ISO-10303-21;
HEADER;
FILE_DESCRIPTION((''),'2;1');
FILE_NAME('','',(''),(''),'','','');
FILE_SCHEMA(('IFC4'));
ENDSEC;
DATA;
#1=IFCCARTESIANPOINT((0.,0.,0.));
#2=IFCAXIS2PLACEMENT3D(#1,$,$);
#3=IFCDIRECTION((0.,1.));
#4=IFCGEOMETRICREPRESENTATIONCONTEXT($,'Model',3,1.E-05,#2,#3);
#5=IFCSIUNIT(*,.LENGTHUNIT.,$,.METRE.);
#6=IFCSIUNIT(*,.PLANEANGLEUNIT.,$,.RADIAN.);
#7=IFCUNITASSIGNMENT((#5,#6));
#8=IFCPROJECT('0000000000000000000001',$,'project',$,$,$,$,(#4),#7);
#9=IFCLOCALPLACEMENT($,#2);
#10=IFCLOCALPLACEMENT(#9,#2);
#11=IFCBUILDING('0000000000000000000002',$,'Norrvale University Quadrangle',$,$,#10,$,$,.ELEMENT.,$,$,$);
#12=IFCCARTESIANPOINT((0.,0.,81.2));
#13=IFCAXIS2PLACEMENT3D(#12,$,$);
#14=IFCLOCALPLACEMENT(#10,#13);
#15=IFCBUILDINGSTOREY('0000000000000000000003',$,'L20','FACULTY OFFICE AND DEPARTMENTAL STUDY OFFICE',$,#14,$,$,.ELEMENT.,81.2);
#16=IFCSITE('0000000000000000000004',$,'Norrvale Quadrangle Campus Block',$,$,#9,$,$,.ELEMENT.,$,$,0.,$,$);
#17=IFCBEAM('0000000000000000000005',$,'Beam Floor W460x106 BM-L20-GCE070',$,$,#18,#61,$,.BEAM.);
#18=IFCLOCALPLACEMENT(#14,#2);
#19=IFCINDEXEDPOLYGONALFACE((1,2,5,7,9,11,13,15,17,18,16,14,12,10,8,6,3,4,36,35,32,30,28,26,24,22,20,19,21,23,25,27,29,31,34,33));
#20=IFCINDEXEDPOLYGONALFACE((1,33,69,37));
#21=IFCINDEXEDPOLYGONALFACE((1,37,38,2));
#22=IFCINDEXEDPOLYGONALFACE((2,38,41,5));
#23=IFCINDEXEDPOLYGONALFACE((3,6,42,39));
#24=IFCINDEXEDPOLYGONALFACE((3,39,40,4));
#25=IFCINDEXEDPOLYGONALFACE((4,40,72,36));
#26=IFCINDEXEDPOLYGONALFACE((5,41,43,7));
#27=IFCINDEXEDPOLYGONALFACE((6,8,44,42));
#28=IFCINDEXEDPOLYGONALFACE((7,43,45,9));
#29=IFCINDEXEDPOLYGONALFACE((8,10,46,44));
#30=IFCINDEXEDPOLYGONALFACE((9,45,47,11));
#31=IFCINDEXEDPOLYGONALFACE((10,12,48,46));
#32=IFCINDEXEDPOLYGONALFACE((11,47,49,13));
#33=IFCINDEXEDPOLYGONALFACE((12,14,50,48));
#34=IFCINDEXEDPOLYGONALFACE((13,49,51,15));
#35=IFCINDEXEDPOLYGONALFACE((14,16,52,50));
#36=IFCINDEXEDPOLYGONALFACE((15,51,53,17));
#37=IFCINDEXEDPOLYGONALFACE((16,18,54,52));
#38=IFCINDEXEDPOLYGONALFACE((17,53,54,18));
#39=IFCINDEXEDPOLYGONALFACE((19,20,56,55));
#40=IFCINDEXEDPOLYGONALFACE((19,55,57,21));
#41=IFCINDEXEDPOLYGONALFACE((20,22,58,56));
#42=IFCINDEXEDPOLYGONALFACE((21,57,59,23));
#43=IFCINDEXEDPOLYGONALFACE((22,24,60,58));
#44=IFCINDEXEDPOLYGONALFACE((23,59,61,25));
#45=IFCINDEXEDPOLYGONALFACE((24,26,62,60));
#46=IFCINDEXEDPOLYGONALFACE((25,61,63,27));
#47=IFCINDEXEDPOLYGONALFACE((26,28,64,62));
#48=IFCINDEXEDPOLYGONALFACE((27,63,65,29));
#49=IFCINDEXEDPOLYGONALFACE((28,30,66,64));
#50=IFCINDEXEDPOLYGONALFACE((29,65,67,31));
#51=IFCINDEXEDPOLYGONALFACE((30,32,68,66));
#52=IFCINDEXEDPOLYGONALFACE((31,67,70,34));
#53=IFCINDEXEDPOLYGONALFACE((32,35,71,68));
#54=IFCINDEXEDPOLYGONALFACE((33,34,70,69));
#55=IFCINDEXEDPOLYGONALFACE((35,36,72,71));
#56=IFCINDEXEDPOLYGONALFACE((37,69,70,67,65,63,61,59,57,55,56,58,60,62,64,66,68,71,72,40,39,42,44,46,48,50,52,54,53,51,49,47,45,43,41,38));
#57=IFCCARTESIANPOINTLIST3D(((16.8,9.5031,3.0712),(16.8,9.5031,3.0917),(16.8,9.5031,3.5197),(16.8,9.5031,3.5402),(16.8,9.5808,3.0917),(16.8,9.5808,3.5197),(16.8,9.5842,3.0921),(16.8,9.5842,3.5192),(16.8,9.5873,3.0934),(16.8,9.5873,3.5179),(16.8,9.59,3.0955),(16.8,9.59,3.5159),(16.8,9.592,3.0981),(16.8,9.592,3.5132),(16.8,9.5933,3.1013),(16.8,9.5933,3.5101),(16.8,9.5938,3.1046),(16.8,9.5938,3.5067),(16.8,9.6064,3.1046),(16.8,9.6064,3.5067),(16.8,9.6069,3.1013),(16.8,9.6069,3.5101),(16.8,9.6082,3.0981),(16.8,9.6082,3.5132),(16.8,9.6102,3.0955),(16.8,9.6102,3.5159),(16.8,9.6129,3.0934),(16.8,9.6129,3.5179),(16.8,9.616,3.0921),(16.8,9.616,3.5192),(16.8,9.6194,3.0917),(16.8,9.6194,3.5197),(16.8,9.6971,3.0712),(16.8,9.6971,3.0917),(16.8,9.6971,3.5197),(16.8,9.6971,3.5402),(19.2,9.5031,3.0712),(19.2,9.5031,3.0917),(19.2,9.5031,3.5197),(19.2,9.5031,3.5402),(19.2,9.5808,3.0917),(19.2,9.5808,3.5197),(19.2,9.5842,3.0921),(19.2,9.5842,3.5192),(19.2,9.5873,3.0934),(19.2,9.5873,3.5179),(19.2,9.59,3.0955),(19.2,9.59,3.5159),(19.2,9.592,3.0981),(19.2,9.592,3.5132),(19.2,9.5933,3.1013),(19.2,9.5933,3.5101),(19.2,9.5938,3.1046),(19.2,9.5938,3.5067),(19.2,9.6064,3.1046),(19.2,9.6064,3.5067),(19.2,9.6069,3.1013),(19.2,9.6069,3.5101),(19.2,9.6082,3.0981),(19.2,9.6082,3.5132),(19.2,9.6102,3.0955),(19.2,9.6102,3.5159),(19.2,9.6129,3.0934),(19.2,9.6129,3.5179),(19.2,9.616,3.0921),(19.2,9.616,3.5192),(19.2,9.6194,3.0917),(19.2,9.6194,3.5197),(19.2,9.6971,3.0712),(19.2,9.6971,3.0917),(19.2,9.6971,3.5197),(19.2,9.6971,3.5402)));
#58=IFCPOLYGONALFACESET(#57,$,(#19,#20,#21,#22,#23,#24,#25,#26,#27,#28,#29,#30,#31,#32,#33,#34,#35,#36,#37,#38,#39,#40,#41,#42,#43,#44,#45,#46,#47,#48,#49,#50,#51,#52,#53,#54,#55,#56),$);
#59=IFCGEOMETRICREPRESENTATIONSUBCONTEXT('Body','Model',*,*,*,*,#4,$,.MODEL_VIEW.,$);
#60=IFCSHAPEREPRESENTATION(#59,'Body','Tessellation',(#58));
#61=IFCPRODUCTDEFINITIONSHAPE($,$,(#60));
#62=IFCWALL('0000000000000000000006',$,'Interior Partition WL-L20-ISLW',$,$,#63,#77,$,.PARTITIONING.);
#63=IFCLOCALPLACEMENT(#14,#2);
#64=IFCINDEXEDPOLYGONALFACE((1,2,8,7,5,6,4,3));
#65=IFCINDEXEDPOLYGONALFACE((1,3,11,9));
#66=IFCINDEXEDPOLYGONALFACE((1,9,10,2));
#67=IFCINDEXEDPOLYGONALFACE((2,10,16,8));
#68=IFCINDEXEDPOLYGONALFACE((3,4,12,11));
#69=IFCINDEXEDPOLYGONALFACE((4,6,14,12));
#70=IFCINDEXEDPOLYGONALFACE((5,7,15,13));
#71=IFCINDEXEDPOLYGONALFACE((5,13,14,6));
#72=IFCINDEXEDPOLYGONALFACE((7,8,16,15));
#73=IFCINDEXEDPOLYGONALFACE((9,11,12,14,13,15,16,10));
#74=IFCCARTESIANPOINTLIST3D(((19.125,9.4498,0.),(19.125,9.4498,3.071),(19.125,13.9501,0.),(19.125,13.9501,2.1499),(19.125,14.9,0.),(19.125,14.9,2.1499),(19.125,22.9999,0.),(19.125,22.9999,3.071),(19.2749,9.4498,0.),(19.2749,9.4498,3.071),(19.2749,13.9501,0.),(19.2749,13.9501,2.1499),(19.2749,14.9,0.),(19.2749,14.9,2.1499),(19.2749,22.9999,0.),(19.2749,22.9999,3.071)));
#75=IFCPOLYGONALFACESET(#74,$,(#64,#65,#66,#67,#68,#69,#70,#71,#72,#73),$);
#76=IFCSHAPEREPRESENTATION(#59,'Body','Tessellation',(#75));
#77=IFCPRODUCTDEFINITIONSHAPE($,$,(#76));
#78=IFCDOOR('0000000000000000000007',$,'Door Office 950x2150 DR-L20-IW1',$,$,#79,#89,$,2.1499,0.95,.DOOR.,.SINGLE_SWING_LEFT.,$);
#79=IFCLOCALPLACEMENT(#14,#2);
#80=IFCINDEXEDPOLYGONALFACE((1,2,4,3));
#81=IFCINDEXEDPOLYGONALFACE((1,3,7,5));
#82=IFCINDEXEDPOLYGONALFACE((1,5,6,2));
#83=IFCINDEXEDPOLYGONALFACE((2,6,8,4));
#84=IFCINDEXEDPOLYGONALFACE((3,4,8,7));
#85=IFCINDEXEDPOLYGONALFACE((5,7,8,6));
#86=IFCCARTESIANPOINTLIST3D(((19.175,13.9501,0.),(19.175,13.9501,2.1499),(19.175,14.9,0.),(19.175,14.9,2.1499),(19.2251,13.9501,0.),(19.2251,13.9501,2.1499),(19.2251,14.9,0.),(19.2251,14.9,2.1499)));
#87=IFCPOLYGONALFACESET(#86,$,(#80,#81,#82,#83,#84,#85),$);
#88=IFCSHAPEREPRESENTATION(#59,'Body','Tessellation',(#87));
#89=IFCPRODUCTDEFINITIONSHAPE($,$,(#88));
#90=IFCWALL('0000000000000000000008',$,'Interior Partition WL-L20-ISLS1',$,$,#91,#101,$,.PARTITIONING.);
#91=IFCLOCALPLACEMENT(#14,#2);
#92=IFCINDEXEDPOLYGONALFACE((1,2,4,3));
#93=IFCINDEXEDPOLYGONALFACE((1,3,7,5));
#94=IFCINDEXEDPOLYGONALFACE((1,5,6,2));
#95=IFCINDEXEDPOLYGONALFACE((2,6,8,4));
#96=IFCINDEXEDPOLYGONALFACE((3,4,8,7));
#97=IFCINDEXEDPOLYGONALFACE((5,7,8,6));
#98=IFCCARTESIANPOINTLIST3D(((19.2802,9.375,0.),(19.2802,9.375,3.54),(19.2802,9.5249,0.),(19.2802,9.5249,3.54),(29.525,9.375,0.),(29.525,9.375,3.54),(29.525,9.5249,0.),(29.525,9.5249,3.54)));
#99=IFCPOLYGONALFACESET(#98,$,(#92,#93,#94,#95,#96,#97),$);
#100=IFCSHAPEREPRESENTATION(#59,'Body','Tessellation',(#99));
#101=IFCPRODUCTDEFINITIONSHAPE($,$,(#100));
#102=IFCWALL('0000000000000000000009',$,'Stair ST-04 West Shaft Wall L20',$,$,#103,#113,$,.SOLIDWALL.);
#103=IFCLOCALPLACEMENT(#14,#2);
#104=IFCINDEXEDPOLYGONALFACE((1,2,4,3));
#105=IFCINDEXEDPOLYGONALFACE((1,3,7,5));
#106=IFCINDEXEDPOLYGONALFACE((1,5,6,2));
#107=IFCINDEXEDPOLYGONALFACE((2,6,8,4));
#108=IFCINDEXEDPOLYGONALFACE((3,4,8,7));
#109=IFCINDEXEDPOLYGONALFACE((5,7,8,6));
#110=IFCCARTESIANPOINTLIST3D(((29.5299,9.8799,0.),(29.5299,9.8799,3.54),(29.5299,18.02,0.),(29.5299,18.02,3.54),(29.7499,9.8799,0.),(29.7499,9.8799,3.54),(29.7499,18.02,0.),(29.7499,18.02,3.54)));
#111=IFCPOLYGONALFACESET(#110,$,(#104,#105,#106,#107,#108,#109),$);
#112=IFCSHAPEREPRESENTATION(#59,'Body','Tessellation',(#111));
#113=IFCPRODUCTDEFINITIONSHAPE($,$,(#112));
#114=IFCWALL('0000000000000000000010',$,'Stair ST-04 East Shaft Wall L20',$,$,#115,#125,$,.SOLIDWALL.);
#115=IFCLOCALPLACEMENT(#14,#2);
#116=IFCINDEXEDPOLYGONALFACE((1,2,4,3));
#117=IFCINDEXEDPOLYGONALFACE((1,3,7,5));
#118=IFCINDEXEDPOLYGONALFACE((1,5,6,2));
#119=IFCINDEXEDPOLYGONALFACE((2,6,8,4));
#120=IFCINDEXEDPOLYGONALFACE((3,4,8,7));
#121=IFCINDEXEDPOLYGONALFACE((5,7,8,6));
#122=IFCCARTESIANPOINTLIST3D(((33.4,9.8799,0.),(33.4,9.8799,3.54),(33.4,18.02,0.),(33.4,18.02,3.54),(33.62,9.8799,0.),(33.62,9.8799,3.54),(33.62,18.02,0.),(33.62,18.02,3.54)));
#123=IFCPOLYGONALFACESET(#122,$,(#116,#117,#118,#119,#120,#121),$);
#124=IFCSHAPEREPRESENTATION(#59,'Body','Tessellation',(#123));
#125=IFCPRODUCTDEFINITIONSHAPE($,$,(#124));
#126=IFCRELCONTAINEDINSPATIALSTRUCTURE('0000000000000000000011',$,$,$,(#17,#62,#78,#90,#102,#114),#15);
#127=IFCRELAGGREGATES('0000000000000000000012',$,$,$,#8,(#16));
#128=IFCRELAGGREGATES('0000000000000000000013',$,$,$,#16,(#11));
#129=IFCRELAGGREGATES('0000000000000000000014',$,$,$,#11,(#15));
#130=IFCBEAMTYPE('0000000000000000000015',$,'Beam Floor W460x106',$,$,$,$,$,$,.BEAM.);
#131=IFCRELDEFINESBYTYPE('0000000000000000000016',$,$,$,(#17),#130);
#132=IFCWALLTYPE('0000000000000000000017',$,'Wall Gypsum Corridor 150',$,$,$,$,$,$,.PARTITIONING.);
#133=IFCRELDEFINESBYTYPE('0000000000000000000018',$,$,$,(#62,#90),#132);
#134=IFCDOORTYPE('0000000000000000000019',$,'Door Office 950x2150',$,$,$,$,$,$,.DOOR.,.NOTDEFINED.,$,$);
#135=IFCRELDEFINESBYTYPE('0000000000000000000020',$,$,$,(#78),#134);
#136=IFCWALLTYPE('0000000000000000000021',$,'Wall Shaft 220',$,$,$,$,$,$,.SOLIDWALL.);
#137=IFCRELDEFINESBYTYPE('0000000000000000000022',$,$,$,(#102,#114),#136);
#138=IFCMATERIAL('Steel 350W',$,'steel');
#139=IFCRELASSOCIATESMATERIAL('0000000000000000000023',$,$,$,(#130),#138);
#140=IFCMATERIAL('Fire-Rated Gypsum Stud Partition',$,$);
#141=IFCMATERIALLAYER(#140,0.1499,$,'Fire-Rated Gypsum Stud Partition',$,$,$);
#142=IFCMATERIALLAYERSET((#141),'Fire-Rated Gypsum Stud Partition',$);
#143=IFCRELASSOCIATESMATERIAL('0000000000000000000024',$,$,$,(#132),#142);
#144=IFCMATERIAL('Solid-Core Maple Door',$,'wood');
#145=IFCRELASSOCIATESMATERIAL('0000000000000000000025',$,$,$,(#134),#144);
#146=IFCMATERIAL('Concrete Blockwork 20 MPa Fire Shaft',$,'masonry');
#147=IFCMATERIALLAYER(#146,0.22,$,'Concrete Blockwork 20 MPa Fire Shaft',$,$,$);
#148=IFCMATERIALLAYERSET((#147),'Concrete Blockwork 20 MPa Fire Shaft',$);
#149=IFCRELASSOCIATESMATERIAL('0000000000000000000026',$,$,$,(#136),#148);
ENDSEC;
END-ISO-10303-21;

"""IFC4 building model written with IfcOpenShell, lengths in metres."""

from ifc_helpers import new_model, si_unit, direction, frame, frame_2d, origin, origin_2d, place, context, subcontext, project, spatial, rectangle, i_section, extrude, material, layer, layer_set, material_profile, profile_set, type_object, element, fill, save


model = new_model("IFC4")

# Units and contexts
model_context = context("Model", 3, precision=1e-05, world=origin(), true_north=direction((0.0, 1.0)))
body_context = subcontext(model_context, "Body", "Model", "MODEL_VIEW")
ifc_project = project(units=[si_unit("LENGTHUNIT", "METRE"), si_unit("PLANEANGLEUNIT", "RADIAN")], contexts=[model_context])

# Site, building, storey
site_placement = place(None, origin())
site = spatial("IfcSite", under=ifc_project, at=site_placement, Name="Norrvale Quadrangle Campus Block", CompositionType="ELEMENT", RefElevation=0.0)
building_placement = place(site_placement, origin())
building = spatial("IfcBuilding", under=site, at=building_placement, Name="Norrvale University Quadrangle", CompositionType="ELEMENT")
storey_placement = place(building_placement, frame((0.0, 0.0, 81.2)))
storey = spatial("IfcBuildingStorey", under=building, at=storey_placement, Name="L20", Description="FACULTY OFFICE AND DEPARTMENTAL STUDY OFFICE", CompositionType="ELEMENT", Elevation=81.2)

# Beam
ifc_material_1 = material(Name="Steel 350W", Category="steel")
ifc_material_profile_1 = material_profile(ifc_material_1, i_section(OverallWidth=0.1941, OverallDepth=0.469, WebThickness=0.0127, FlangeThickness=0.0205, FilletRadius=0.0129, at=origin_2d()), Name="Steel 350W")
ifc_profile_set_1 = profile_set([ifc_material_profile_1], Name="Steel 350W")
beam_type_1 = type_object("IfcBeamType", Name="Beam Floor W460x106", PredefinedType="BEAM", material=ifc_profile_set_1)
beam_1_placement = place(storey_placement, frame((16.8, 9.6001, 3.3057), z_axis=(1.0, 0.0, 0.0), x_axis=(0.0, 1.0, 0.0)))
element("IfcBeam", 1, at=beam_1_placement, inside=storey, type_object=beam_type_1, Name="Beam Floor W460x106 BM-L20-GCE070", PredefinedType="BEAM", context=body_context, shape_type="SweptSolid", body=[
    extrude(i_section(OverallWidth=0.1941, OverallDepth=0.469, WebThickness=0.0127, FlangeThickness=0.0205, FilletRadius=0.0129, at=origin_2d()), origin(), (0.0, 0.0, 1.0), 2.3999),
])

# Wall, opening, door
ifc_material_2 = material(Name="Fire-Rated Gypsum Stud Partition")
ifc_layer_1 = layer(ifc_material_2, 0.1499, Name="Fire-Rated Gypsum Stud Partition")
ifc_layer_set_1 = layer_set([ifc_layer_1], Name="Fire-Rated Gypsum Stud Partition")
wall_type_1 = type_object("IfcWallType", Name="Wall Gypsum Corridor 150", PredefinedType="PARTITIONING", material=ifc_layer_set_1)
wall_1_placement = place(storey_placement, frame((19.2, 9.45, 0.0), z_axis=(0.0, 0.0, 1.0), x_axis=(0.0, 1.0, 0.0)))
wall_1 = element("IfcWall", 2, at=wall_1_placement, inside=storey, type_object=wall_type_1, Name="Interior Partition WL-L20-ISLW", PredefinedType="PARTITIONING", context=body_context, shape_type="SweptSolid", body=[
    extrude(rectangle(XDim=13.55, YDim=0.1499, at=frame_2d((6.7749, 0.0))), origin(), (0.0, 0.0, 1.0), 3.071),
])
opening_placement = place(wall_1_placement, frame((4.5, 0.0, 0.0)))
opening = element("IfcOpeningElement", 3, at=opening_placement, cuts=wall_1, PredefinedType="OPENING", context=body_context, shape_type="SweptSolid", body=[
    extrude(rectangle(XDim=0.95, YDim=2.1499, at=frame_2d((0.4751, 1.075))), frame((0.0, 0.0869, 0.0), z_axis=(0.0, -1.0, 0.0), x_axis=(1.0, 0.0, 0.0)), (0.0, 0.0, 1.0), 0.1738),
])
ifc_material_3 = material(Name="Solid-Core Maple Door", Category="wood")
door_type = type_object("IfcDoorType", Name="Door Office 950x2150", OperationType="NOTDEFINED", PredefinedType="DOOR", material=ifc_material_3)
door_placement = place(opening_placement, origin())
door = element("IfcDoor", 4, at=door_placement, inside=storey, type_object=door_type, Name="Door Office 950x2150 DR-L20-IW1", OperationType="SINGLE_SWING_LEFT", OverallHeight=2.1499, OverallWidth=0.95, PredefinedType="DOOR", context=body_context, shape_type="SweptSolid", body=[
    extrude(rectangle(XDim=0.95, YDim=2.1499, at=frame_2d((0.4751, 1.075))), frame((0.0, 0.0249, 0.0), z_axis=(0.0, -1.0, 0.0), x_axis=(1.0, 0.0, 0.0)), (0.0, 0.0, 1.0), 0.05),
])
fill(opening, door)

# Walls
wall_2_placement = place(storey_placement, frame((19.28, 9.45, 0.0), z_axis=(0.0, 0.0, 1.0), x_axis=(1.0, 0.0, 0.0)))
element("IfcWall", 5, at=wall_2_placement, inside=storey, type_object=wall_type_1, Name="Interior Partition WL-L20-ISLS1", PredefinedType="PARTITIONING", context=body_context, shape_type="SweptSolid", body=[
    extrude(rectangle(XDim=10.2449, YDim=0.1499, at=frame_2d((5.1226, 0.0))), origin(), (0.0, 0.0, 1.0), 3.54),
])
ifc_material_4 = material(Name="Concrete Blockwork 20 MPa Fire Shaft", Category="masonry")
ifc_layer_2 = layer(ifc_material_4, 0.22, Name="Concrete Blockwork 20 MPa Fire Shaft")
ifc_layer_set_2 = layer_set([ifc_layer_2], Name="Concrete Blockwork 20 MPa Fire Shaft")
wall_type_2 = type_object("IfcWallType", Name="Wall Shaft 220", PredefinedType="SOLIDWALL", material=ifc_layer_set_2)
for number, where, z_axis, x_axis, name in (
    (6, (29.6399, 9.8799, 0.0), (0.0, 0.0, 1.0), (0.0, 1.0, 0.0), "Stair ST-04 West Shaft Wall L20"),
    (7, (33.51, 9.8799, 0.0), (0.0, 0.0, 1.0), (0.0, 1.0, 0.0), "Stair ST-04 East Shaft Wall L20"),
):
    element("IfcWall", number, at=place(storey_placement, frame(where, z_axis=z_axis, x_axis=x_axis)), inside=storey, type_object=wall_type_2, Name=name, PredefinedType="SOLIDWALL", context=body_context, shape_type="SweptSolid", body=[
        extrude(rectangle(XDim=8.1401, YDim=0.22, at=frame_2d((4.0701, 0.0))), origin(), (0.0, 0.0, 1.0), 3.54),
    ])

save(model, "model.ifc")
